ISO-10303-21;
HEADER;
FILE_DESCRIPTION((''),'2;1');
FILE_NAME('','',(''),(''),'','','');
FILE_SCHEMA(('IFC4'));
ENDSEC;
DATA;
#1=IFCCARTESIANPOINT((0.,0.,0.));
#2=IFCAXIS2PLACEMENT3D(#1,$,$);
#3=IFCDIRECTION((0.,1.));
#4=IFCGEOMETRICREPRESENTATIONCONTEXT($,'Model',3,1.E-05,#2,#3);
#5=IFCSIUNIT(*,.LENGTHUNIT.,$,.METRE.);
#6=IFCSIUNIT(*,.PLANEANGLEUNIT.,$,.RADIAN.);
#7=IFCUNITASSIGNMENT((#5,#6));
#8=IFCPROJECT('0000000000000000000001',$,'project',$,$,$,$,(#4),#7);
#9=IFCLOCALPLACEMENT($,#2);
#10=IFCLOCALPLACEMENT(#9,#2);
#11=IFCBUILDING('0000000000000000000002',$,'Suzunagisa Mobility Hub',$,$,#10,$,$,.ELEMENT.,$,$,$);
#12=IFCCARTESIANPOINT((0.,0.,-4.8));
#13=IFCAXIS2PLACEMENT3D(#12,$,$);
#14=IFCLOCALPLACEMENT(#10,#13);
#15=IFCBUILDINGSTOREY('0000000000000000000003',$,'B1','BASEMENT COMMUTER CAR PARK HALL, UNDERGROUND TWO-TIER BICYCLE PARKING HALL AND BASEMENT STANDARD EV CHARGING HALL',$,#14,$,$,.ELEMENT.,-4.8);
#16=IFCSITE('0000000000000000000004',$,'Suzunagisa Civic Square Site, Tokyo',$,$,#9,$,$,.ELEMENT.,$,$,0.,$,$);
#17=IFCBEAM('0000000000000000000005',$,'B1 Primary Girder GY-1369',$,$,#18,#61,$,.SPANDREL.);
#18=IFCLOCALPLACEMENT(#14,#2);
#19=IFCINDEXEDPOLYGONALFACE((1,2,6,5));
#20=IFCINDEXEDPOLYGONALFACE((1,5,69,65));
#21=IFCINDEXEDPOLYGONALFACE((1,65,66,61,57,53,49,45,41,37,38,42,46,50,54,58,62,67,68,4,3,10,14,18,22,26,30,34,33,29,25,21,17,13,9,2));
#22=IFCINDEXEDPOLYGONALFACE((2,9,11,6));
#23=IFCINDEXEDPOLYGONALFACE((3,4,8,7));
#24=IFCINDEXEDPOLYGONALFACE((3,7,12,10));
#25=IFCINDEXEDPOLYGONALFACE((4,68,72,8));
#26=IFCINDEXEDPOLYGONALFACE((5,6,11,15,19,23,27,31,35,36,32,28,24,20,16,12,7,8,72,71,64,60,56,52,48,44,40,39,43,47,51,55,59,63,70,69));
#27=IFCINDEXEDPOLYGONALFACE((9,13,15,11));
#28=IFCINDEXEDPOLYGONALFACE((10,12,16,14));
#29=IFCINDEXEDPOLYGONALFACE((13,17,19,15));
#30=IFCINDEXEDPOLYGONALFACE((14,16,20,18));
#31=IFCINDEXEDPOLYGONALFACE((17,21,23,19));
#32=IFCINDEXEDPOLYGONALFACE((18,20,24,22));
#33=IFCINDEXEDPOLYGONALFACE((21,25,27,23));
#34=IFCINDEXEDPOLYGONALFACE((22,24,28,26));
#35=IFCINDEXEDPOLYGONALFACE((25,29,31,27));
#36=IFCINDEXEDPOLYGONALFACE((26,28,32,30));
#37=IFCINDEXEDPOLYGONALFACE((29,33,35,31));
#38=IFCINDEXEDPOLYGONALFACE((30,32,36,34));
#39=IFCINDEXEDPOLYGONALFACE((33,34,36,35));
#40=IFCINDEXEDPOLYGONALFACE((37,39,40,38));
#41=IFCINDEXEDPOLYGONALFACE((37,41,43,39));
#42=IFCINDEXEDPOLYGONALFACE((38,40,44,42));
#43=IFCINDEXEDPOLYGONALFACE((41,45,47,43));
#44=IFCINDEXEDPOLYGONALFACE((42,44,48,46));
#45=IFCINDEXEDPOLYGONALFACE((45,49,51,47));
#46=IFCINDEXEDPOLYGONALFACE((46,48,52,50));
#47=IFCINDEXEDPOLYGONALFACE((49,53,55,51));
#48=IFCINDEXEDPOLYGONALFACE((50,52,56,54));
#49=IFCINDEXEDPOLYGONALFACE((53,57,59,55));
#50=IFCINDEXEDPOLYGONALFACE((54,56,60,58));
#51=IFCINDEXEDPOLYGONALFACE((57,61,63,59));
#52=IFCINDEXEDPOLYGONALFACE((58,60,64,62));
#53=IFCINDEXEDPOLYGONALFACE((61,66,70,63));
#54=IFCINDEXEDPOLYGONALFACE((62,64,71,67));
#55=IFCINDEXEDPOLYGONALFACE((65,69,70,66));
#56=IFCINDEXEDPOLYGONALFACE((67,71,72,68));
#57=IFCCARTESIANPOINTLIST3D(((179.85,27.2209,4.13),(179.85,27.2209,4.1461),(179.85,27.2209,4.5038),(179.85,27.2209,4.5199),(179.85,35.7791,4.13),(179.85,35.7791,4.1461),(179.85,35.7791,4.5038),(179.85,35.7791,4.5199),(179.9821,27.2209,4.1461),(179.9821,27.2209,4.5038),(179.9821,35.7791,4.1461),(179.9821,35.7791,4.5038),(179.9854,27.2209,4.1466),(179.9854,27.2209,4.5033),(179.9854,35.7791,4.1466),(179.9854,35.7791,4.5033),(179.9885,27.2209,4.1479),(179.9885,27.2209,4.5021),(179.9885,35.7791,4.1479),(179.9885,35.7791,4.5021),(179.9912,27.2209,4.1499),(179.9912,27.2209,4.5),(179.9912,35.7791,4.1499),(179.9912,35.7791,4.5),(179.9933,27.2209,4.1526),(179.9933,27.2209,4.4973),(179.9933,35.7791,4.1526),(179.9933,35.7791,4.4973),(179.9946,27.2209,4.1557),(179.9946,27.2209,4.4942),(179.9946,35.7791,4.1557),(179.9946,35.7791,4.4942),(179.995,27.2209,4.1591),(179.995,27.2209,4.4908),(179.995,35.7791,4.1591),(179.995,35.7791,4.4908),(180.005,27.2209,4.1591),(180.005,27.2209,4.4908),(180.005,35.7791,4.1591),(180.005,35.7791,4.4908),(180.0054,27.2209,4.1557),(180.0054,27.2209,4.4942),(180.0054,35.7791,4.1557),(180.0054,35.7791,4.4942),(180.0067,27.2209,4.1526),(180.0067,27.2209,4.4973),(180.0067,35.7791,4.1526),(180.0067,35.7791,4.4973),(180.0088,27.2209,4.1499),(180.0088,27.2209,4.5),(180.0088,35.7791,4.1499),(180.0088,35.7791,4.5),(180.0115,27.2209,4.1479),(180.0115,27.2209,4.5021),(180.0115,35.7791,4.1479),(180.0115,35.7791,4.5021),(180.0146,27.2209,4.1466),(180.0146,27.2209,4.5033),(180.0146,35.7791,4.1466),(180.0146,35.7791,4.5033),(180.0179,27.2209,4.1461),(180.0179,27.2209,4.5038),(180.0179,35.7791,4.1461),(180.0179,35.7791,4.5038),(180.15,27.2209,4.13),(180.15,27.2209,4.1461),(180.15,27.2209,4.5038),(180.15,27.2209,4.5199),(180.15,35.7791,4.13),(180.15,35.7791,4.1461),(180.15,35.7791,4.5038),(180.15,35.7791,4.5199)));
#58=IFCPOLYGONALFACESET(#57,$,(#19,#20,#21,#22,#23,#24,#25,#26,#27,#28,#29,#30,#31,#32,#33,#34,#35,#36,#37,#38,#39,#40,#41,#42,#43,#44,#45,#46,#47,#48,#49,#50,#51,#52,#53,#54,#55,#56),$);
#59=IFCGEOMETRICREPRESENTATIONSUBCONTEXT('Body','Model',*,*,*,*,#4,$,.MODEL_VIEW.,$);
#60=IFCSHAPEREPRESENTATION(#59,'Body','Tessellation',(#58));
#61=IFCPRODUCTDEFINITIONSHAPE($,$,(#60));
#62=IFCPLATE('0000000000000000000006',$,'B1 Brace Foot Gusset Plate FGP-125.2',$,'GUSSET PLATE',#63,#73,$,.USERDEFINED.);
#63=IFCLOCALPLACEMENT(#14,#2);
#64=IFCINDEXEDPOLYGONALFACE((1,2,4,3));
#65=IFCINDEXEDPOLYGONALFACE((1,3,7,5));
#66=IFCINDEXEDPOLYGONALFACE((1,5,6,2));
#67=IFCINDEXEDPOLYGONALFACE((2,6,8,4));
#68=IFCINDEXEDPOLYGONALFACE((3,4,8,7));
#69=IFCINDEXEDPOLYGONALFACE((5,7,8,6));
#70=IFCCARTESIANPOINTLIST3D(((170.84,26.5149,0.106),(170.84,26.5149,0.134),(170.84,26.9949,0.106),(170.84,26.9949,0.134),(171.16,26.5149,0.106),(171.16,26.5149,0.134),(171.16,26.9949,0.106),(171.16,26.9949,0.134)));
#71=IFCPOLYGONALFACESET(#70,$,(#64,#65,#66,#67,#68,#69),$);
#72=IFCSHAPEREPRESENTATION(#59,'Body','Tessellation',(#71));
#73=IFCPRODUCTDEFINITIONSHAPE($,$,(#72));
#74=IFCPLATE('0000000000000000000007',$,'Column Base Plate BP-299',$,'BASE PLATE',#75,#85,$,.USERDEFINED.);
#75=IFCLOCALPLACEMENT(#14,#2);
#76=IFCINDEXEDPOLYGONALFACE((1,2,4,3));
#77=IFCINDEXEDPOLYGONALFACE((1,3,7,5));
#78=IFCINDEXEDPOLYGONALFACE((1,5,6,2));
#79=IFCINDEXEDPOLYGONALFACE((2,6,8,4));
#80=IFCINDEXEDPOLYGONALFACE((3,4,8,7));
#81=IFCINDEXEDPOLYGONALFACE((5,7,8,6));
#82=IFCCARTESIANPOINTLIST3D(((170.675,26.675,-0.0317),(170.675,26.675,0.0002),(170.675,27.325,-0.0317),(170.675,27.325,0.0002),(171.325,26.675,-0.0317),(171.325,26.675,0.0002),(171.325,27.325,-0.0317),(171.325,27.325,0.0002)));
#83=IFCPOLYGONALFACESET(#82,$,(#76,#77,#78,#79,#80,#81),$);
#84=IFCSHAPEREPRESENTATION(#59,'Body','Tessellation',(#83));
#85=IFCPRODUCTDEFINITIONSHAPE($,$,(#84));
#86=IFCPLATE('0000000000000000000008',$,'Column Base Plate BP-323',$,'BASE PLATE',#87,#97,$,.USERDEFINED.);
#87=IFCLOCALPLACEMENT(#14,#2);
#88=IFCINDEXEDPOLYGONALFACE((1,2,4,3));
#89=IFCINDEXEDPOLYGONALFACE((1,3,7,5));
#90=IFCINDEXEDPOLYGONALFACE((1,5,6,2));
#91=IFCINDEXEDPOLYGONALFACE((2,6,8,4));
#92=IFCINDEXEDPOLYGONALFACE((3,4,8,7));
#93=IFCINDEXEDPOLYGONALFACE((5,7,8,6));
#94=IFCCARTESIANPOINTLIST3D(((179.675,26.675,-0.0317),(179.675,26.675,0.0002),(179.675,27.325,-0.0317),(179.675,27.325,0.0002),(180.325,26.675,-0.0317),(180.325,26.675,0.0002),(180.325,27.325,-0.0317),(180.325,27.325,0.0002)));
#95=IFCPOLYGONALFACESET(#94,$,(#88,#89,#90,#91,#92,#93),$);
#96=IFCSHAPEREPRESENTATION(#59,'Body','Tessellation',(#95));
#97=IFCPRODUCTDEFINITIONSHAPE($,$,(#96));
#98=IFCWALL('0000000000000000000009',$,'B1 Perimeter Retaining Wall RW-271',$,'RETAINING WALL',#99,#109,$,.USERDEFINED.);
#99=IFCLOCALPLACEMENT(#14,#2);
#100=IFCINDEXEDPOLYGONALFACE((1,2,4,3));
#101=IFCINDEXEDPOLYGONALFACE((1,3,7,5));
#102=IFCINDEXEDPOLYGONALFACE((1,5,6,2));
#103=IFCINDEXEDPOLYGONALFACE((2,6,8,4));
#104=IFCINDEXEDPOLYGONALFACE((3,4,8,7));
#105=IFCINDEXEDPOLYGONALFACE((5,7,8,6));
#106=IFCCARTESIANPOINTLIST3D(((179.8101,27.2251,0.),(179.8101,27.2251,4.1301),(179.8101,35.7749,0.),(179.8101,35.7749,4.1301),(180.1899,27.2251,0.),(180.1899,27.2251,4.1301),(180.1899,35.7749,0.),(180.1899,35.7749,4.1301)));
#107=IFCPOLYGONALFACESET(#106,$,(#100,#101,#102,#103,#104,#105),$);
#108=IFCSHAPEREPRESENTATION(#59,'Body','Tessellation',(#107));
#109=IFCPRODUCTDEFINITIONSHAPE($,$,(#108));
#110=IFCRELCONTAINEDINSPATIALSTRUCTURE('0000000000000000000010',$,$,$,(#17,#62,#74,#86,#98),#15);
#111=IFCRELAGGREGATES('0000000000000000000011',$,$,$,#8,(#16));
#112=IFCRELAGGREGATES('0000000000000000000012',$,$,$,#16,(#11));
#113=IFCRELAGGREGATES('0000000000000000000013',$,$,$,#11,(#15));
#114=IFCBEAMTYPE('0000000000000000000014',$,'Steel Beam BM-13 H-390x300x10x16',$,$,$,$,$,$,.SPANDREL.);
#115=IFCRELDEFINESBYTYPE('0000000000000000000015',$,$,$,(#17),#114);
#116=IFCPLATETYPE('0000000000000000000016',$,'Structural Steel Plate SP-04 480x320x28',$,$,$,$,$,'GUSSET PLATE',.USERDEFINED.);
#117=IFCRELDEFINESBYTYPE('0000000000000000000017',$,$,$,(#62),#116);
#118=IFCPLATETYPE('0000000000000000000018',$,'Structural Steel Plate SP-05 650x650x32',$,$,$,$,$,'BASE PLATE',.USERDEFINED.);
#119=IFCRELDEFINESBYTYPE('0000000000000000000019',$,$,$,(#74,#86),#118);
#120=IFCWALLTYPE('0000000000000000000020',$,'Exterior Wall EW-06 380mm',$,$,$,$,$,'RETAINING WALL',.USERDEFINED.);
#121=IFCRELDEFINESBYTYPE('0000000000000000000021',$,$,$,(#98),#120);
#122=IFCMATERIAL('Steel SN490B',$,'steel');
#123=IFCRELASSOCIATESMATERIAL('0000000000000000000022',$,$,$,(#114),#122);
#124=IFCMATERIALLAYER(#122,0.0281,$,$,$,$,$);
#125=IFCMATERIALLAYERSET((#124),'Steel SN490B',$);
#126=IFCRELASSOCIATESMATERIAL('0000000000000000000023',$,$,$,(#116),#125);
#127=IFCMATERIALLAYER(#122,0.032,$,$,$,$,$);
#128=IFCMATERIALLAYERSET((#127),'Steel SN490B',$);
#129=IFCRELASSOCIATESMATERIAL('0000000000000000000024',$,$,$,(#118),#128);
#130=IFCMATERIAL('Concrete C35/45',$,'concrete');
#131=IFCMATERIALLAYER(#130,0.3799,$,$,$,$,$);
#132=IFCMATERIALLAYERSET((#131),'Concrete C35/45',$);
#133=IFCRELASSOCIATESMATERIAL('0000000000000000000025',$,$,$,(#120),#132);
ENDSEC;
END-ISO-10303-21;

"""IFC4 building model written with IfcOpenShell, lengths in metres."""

from ifc_helpers import new_model, si_unit, direction, frame, frame_2d, origin, origin_2d, place, context, subcontext, project, spatial, rectangle, i_section, extrude, material, layer, layer_set, material_profile, profile_set, type_object, element, save


model = new_model("IFC4")

# Units and contexts
model_context = context("Model", 3, precision=1e-05, world=origin(), true_north=direction((0.0, 1.0)))
body_context = subcontext(model_context, "Body", "Model", "MODEL_VIEW")
ifc_project = project(units=[si_unit("LENGTHUNIT", "METRE"), si_unit("PLANEANGLEUNIT", "RADIAN")], contexts=[model_context])

# Site, building, storey
site_placement = place(None, origin())
site = spatial("IfcSite", under=ifc_project, at=site_placement, Name="Suzunagisa Civic Square Site, Tokyo", CompositionType="ELEMENT", RefElevation=0.0)
building_placement = place(site_placement, origin())
building = spatial("IfcBuilding", under=site, at=building_placement, Name="Suzunagisa Mobility Hub", CompositionType="ELEMENT")
storey_placement = place(building_placement, frame((0.0, 0.0, -4.8)))
storey = spatial("IfcBuildingStorey", under=building, at=storey_placement, Name="B1", Description="BASEMENT COMMUTER CAR PARK HALL, UNDERGROUND TWO-TIER BICYCLE PARKING HALL AND BASEMENT STANDARD EV CHARGING HALL", CompositionType="ELEMENT", Elevation=-4.8)

# Shared definitions
ifc_material_1 = material(Name="Steel SN490B", Category="steel")

# Beam
ifc_material_profile_1 = material_profile(ifc_material_1, i_section(OverallWidth=0.3, OverallDepth=0.3899, WebThickness=0.01, FlangeThickness=0.0161, FilletRadius=0.0129, at=origin_2d()), Name="H-390x300x10x16")
ifc_profile_set_1 = profile_set([ifc_material_profile_1], Name="Steel SN490B")
beam_type_1 = type_object("IfcBeamType", Name="Steel Beam BM-13 H-390x300x10x16", PredefinedType="SPANDREL", material=ifc_profile_set_1)
beam_1_placement = place(storey_placement, frame((180.0, 27.2209, 4.325), z_axis=(0.0, 1.0, 0.0), x_axis=(-1.0, 0.0, 0.0)))
element("IfcBeam", 1, at=beam_1_placement, inside=storey, type_object=beam_type_1, Name="B1 Primary Girder GY-1369", PredefinedType="SPANDREL", context=body_context, shape_type="SweptSolid", body=[
    extrude(i_section(OverallWidth=0.3, OverallDepth=0.3899, WebThickness=0.01, FlangeThickness=0.0161, FilletRadius=0.0129, at=origin_2d()), origin(), (0.0, 0.0, 1.0), 8.5581),
])

# Plates
ifc_layer_1 = layer(ifc_material_1, 0.0281)
ifc_layer_set_1 = layer_set([ifc_layer_1], Name="Steel SN490B")
plate_type_1 = type_object("IfcPlateType", Name="Structural Steel Plate SP-04 480x320x28", ElementType="GUSSET PLATE", PredefinedType="USERDEFINED", material=ifc_layer_set_1)
plate_placement = place(storey_placement, frame((171.0, 26.7549, 0.106), z_axis=(0.0, 0.0, 1.0), x_axis=(1.0, 0.0, 0.0)))
element("IfcPlate", 2, at=plate_placement, inside=storey, type_object=plate_type_1, Name="B1 Brace Foot Gusset Plate FGP-125.2", ObjectType="GUSSET PLATE", PredefinedType="USERDEFINED", context=body_context, shape_type="SweptSolid", body=[
    extrude(rectangle(XDim=0.3201, YDim=0.48, at=origin_2d()), origin(), (0.0, 0.0, 1.0), 0.0281),
])
ifc_layer_2 = layer(ifc_material_1, 0.032)
ifc_layer_set_2 = layer_set([ifc_layer_2], Name="Steel SN490B")
plate_type_2 = type_object("IfcPlateType", Name="Structural Steel Plate SP-05 650x650x32", ElementType="BASE PLATE", PredefinedType="USERDEFINED", material=ifc_layer_set_2)
for number, where, z_axis, x_axis, name in (
    (3, (171.0, 27.0, -0.0317), (0.0, 0.0, 1.0), (1.0, 0.0, 0.0), "Column Base Plate BP-299"),
    (4, (180.0, 27.0, -0.0317), (0.0, 0.0, 1.0), (1.0, 0.0, 0.0), "Column Base Plate BP-323"),
):
    element("IfcPlate", number, at=place(storey_placement, frame(where, z_axis=z_axis, x_axis=x_axis)), inside=storey, type_object=plate_type_2, Name=name, ObjectType="BASE PLATE", PredefinedType="USERDEFINED", context=body_context, shape_type="SweptSolid", body=[
        extrude(rectangle(XDim=0.6499, YDim=0.6499, at=origin_2d()), origin(), (0.0, 0.0, 1.0), 0.032),
    ])

# Wall
ifc_material_2 = material(Name="Concrete C35/45", Category="concrete")
ifc_layer_3 = layer(ifc_material_2, 0.3799)
ifc_layer_set_3 = layer_set([ifc_layer_3], Name="Concrete C35/45")
wall_type = type_object("IfcWallType", Name="Exterior Wall EW-06 380mm", ElementType="RETAINING WALL", PredefinedType="USERDEFINED", material=ifc_layer_set_3)
wall_placement = place(storey_placement, frame((180.0, 27.2251, 0.0), z_axis=(0.0, 0.0, 1.0), x_axis=(0.0, 1.0, 0.0)))
element("IfcWall", 5, at=wall_placement, inside=storey, type_object=wall_type, Name="B1 Perimeter Retaining Wall RW-271", ObjectType="RETAINING WALL", PredefinedType="USERDEFINED", context=body_context, shape_type="SweptSolid", body=[
    extrude(rectangle(XDim=8.5498, YDim=0.3799, at=frame_2d((4.2749, 0.0))), origin(), (0.0, 0.0, 1.0), 4.1301),
])

save(model, "model.ifc")
